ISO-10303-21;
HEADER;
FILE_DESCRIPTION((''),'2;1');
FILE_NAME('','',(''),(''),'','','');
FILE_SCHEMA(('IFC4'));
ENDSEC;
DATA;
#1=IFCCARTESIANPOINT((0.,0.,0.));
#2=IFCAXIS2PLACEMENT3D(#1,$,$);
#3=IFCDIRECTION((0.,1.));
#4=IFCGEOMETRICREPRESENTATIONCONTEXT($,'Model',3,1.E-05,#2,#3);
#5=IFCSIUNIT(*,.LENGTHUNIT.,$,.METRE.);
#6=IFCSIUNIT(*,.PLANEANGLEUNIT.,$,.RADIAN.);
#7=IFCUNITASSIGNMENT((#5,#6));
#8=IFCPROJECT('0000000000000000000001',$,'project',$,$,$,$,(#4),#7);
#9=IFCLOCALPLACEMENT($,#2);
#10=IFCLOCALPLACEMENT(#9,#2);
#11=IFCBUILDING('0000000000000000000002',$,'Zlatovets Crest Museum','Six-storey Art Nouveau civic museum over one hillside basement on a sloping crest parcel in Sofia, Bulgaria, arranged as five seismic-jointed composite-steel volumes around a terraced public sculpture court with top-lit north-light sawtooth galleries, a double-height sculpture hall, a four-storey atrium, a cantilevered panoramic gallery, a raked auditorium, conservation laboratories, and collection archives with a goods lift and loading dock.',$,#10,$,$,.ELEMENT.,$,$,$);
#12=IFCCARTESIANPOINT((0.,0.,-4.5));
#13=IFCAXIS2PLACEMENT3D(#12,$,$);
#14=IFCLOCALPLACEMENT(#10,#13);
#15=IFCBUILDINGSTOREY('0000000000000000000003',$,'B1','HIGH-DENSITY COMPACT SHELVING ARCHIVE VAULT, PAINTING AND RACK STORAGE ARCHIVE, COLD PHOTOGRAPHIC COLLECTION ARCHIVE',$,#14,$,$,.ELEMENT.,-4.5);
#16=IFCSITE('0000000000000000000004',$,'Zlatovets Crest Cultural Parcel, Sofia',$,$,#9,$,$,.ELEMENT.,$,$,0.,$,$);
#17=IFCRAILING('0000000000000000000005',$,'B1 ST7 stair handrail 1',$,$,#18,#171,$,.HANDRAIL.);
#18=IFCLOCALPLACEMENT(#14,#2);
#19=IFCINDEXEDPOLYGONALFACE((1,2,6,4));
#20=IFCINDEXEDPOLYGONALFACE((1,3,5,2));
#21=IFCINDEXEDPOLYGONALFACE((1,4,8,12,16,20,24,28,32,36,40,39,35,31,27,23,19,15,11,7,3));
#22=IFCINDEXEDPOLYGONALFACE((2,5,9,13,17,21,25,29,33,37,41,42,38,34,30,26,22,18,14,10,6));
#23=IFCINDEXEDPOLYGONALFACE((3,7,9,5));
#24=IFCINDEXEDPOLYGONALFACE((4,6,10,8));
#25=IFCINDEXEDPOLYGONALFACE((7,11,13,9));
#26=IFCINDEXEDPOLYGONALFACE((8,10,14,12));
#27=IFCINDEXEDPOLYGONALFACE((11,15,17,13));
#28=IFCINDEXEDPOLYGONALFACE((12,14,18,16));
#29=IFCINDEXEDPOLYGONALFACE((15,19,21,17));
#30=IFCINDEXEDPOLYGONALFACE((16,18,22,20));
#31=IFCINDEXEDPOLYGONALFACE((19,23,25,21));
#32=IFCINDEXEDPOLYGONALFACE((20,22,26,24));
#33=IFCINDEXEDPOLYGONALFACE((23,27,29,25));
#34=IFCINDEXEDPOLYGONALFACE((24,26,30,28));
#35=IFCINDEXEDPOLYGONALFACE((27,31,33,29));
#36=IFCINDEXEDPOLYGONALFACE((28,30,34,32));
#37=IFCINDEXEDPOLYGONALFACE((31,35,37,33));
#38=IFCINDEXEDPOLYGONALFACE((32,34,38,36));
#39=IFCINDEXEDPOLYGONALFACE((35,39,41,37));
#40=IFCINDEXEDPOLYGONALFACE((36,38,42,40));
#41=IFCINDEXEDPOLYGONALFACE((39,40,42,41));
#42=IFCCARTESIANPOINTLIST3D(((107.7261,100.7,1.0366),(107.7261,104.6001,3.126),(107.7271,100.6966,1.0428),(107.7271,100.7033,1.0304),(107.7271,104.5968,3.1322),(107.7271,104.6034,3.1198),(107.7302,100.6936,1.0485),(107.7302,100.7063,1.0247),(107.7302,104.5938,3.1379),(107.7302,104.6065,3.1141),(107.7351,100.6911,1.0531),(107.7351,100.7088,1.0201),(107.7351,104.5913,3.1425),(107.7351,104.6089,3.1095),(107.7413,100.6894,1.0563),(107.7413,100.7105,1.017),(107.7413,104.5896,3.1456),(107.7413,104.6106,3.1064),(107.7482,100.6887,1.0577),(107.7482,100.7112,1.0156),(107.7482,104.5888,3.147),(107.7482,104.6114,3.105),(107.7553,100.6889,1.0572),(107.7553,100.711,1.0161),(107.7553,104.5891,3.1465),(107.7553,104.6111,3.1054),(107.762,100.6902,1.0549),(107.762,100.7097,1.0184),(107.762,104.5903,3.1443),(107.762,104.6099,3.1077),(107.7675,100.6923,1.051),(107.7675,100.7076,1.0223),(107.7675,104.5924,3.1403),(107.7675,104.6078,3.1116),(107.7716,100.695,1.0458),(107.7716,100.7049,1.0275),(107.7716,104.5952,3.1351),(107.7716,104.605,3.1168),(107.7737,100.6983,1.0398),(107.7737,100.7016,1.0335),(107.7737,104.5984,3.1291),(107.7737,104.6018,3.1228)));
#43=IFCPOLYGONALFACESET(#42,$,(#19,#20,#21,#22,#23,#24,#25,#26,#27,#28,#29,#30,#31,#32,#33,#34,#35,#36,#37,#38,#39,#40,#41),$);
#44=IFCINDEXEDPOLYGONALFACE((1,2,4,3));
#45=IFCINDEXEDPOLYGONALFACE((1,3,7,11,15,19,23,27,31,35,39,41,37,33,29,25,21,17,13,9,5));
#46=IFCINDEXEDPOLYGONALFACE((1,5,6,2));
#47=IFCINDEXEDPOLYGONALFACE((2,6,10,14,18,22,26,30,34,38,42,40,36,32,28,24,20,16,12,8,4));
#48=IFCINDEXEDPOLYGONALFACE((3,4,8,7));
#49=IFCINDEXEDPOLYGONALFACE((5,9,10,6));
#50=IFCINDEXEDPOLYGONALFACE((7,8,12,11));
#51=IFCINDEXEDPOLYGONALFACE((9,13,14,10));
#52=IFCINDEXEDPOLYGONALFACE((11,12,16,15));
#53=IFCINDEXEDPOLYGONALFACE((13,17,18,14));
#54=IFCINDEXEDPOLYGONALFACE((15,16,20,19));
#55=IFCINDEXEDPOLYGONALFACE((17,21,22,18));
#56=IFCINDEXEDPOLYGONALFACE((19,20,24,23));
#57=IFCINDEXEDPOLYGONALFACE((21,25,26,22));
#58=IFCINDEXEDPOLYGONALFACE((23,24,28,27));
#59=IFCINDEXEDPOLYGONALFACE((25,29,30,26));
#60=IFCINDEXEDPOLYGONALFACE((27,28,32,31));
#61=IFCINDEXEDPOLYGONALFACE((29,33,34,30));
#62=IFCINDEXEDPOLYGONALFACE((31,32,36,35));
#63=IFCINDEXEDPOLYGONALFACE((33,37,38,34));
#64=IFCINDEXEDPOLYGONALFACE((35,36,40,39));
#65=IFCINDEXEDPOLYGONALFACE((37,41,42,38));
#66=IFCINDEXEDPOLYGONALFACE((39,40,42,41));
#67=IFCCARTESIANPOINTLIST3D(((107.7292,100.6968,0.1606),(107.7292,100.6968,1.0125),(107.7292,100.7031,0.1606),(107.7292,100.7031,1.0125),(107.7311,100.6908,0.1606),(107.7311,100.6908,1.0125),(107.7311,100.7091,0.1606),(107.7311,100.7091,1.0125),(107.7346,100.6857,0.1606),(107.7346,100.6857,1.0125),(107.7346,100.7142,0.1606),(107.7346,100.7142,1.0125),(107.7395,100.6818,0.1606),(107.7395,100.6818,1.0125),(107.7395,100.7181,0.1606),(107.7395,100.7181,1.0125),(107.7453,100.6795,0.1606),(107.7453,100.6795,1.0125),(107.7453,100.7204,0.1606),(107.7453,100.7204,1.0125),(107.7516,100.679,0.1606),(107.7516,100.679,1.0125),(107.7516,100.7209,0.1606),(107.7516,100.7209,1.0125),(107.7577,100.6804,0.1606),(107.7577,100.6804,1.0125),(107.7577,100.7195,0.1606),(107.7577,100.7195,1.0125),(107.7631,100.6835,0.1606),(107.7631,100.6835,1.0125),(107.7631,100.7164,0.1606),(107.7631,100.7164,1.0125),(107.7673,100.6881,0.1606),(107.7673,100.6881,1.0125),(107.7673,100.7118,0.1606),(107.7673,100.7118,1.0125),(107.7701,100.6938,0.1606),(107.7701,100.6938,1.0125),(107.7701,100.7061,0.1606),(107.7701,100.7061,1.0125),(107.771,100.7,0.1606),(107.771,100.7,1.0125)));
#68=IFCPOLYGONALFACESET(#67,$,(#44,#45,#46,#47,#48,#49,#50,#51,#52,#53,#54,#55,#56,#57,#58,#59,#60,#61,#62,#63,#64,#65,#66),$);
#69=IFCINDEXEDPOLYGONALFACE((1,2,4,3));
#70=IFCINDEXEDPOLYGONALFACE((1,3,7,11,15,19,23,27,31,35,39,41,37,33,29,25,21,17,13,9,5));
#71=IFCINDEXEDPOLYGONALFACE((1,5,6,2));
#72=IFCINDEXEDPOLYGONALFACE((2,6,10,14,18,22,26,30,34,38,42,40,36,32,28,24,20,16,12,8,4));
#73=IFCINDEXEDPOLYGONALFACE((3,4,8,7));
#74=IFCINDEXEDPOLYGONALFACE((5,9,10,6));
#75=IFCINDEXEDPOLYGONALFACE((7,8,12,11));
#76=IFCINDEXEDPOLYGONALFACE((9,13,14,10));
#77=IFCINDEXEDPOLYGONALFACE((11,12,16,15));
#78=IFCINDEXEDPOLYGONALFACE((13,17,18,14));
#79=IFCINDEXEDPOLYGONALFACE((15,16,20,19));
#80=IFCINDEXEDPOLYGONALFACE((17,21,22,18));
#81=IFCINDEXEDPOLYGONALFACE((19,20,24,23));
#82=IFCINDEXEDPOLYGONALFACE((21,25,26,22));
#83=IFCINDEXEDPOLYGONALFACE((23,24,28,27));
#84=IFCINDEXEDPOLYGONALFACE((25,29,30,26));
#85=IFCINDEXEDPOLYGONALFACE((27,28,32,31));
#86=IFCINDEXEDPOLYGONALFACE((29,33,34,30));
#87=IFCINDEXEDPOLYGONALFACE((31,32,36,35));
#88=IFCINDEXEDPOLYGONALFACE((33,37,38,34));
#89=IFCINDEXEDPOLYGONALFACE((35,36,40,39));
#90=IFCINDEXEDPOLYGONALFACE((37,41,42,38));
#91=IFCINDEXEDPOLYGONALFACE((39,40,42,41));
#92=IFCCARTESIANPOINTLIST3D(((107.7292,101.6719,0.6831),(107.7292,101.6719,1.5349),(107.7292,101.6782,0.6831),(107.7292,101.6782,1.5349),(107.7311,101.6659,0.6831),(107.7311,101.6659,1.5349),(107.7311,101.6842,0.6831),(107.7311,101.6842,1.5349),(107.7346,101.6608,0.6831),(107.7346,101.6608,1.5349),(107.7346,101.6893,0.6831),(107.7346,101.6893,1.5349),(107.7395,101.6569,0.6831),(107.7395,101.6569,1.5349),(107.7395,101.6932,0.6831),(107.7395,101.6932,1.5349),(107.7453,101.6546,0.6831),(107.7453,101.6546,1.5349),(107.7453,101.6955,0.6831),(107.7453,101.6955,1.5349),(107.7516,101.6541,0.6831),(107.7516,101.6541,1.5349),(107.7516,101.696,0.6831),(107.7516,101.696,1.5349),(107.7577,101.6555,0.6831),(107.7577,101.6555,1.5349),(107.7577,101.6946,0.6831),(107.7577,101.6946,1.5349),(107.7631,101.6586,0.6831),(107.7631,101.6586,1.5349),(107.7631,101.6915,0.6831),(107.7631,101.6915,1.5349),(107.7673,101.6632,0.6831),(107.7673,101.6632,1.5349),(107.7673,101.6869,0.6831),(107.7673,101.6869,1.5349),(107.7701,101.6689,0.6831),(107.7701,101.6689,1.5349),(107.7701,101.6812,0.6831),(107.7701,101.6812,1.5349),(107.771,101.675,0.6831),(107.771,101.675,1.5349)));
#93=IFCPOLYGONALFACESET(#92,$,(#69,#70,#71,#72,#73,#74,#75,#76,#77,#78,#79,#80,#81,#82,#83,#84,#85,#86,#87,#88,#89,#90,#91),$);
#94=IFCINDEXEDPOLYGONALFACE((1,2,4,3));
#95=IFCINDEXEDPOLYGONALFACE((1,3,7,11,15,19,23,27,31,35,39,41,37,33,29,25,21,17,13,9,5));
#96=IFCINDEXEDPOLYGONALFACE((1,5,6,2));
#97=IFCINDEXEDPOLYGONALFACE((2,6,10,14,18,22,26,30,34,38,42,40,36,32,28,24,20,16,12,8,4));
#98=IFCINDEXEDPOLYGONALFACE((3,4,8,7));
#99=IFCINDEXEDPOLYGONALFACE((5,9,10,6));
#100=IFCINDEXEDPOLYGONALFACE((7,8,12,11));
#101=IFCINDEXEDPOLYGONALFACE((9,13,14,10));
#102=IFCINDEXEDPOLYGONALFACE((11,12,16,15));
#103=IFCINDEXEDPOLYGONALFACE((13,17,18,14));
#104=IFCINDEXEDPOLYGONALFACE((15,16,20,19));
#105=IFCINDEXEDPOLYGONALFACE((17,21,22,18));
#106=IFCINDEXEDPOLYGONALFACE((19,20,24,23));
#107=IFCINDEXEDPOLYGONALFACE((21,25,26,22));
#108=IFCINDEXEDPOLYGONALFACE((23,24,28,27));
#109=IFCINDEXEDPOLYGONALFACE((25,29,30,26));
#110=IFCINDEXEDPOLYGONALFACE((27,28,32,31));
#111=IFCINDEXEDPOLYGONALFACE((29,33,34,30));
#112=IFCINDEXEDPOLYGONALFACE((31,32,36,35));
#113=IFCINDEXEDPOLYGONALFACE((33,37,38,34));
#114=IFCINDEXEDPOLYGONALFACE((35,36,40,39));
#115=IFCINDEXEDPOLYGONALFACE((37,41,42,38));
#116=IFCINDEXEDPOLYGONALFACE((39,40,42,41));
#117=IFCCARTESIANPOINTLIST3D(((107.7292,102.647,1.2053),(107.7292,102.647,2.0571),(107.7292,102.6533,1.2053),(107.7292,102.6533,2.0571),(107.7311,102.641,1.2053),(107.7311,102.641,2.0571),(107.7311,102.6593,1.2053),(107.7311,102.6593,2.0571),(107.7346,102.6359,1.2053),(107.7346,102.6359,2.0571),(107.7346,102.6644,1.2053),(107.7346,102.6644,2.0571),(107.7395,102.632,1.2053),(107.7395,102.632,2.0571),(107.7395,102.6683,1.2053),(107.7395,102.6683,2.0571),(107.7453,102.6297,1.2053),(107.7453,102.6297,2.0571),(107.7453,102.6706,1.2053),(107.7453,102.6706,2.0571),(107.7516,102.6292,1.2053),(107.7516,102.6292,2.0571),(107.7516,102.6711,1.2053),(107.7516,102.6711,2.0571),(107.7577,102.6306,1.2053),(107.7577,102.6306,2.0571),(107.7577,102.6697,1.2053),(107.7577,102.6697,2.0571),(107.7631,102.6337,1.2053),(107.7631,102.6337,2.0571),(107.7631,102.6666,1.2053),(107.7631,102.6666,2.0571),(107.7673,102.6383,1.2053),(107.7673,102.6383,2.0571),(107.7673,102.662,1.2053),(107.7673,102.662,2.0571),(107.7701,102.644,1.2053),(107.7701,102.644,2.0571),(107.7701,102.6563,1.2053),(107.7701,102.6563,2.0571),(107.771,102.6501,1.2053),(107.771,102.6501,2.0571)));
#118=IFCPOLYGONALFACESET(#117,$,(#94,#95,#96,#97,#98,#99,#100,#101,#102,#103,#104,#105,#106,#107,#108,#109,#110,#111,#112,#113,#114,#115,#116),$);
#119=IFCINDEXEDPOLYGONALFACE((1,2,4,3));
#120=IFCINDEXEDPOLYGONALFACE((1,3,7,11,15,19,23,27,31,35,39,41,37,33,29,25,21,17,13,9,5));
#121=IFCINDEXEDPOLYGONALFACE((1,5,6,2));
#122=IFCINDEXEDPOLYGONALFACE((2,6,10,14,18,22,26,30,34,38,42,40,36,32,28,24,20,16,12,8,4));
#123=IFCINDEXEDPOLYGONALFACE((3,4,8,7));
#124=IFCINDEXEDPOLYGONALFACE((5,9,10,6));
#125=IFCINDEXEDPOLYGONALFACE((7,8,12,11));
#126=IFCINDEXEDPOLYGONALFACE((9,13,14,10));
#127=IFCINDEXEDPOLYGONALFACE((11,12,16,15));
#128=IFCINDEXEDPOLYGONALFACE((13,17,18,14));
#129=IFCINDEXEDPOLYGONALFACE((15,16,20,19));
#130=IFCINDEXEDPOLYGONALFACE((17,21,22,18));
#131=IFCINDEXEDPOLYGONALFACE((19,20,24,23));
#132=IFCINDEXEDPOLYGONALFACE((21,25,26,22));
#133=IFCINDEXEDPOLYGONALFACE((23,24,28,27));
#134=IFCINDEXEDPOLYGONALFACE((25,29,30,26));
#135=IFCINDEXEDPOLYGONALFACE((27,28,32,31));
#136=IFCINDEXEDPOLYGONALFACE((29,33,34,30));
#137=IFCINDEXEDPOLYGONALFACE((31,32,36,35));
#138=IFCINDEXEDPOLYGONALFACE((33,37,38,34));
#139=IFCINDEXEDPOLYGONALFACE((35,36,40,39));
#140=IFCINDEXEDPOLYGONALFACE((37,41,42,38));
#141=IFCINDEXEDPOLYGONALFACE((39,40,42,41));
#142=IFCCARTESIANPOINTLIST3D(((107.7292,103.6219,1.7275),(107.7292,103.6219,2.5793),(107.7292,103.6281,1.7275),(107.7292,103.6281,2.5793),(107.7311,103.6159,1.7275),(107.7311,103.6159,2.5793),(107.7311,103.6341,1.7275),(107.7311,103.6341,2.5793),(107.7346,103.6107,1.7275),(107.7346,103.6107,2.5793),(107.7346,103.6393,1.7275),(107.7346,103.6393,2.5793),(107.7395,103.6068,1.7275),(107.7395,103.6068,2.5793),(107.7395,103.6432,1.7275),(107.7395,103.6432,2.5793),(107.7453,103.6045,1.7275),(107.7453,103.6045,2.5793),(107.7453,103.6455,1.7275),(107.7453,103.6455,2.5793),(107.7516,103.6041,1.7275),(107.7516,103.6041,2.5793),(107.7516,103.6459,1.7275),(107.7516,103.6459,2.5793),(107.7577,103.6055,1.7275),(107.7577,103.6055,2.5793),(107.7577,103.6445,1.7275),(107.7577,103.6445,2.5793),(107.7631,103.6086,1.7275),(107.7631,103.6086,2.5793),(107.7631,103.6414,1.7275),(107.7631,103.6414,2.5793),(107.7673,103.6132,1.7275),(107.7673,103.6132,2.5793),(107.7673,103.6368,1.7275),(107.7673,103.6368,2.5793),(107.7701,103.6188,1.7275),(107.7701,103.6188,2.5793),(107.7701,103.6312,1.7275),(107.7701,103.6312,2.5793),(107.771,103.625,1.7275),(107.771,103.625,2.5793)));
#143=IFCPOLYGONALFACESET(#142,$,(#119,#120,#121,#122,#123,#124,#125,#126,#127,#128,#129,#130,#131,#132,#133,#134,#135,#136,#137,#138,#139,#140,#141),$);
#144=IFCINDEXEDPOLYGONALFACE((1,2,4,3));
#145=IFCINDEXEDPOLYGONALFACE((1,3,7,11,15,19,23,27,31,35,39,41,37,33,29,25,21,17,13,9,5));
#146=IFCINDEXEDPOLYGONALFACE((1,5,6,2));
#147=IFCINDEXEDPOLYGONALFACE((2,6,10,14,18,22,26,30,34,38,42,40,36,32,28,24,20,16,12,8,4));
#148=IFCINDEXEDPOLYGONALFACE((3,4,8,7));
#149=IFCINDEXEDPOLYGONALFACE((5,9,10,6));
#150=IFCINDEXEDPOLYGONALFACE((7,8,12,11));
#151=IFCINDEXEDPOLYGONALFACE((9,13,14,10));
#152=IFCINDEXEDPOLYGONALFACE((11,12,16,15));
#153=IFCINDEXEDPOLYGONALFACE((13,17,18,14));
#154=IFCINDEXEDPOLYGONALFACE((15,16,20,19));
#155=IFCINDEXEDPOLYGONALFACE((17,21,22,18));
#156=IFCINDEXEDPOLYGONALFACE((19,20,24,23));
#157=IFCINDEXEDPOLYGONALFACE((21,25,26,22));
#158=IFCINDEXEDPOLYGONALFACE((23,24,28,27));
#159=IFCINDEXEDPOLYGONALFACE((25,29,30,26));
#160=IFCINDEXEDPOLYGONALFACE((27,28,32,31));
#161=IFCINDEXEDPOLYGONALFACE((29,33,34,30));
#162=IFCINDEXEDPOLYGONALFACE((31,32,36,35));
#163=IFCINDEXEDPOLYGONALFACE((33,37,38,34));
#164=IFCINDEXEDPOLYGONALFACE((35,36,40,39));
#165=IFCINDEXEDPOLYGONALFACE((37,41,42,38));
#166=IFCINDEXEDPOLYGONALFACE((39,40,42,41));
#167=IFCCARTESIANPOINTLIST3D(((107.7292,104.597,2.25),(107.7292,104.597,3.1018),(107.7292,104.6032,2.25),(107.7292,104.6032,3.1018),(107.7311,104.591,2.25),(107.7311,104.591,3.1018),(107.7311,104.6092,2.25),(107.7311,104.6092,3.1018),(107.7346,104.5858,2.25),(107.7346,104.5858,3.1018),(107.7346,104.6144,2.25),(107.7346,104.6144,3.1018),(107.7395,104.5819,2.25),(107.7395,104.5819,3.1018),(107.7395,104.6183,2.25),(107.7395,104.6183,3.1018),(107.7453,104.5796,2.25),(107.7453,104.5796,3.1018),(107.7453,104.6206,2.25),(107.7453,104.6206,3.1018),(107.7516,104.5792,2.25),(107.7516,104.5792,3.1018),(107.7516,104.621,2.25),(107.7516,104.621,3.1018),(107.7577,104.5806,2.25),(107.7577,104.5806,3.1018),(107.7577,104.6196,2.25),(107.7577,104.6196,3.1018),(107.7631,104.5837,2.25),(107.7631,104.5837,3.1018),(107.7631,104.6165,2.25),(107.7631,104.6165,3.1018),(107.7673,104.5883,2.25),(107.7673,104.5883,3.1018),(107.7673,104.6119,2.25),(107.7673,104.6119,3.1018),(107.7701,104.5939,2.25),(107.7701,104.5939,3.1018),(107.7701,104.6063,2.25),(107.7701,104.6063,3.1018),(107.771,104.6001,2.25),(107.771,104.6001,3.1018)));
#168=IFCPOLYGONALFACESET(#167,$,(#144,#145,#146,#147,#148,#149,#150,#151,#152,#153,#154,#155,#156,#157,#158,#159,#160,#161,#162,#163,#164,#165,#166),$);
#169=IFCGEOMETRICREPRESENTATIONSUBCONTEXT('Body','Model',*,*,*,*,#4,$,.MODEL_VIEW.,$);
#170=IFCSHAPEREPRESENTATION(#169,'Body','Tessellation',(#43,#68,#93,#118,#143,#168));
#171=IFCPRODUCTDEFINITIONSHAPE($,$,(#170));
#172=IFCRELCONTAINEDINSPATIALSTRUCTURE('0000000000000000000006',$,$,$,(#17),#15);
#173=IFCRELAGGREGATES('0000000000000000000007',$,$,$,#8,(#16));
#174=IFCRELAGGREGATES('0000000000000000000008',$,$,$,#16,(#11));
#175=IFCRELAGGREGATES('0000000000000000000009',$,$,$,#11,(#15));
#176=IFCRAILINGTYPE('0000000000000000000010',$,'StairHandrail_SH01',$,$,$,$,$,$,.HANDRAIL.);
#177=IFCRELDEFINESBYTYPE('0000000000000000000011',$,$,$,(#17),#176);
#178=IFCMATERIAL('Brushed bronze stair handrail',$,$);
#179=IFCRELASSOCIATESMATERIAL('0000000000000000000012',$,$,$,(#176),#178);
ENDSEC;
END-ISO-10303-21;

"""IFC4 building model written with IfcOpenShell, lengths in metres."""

from ifc_helpers import new_model, si_unit, direction, frame, origin, origin_2d, place, context, subcontext, project, spatial, circle, extrude, material, type_object, element, save


model = new_model("IFC4")

# Units and contexts
model_context = context("Model", 3, precision=1e-05, world=origin(), true_north=direction((0.0, 1.0)))
body_context = subcontext(model_context, "Body", "Model", "MODEL_VIEW")
ifc_project = project(units=[si_unit("LENGTHUNIT", "METRE"), si_unit("PLANEANGLEUNIT", "RADIAN")], contexts=[model_context])

# Site, building, storey
site_placement = place(None, origin())
site = spatial("IfcSite", under=ifc_project, at=site_placement, Name="Zlatovets Crest Cultural Parcel, Sofia", CompositionType="ELEMENT", RefElevation=0.0)
building_placement = place(site_placement, origin())
building = spatial("IfcBuilding", under=site, at=building_placement, Name="Zlatovets Crest Museum", Description="Six-storey Art Nouveau civic museum over one hillside basement on a sloping crest parcel in Sofia, Bulgaria, arranged as five seismic-jointed composite-steel volumes around a terraced public sculpture court with top-lit north-light sawtooth galleries, a double-height sculpture hall, a four-storey atrium, a cantilevered panoramic gallery, a raked auditorium, conservation laboratories, and collection archives with a goods lift and loading dock.", CompositionType="ELEMENT")
storey_placement = place(building_placement, frame((0.0, 0.0, -4.5)))
storey = spatial("IfcBuildingStorey", under=building, at=storey_placement, Name="B1", Description="HIGH-DENSITY COMPACT SHELVING ARCHIVE VAULT, PAINTING AND RACK STORAGE ARCHIVE, COLD PHOTOGRAPHIC COLLECTION ARCHIVE", CompositionType="ELEMENT", Elevation=-4.5)

# Railing
ifc_material_1 = material(Name="Brushed bronze stair handrail")
railing_type_1 = type_object("IfcRailingType", Name="StairHandrail_SH01", PredefinedType="HANDRAIL", material=ifc_material_1)
railing_1_placement = place(storey_placement, frame((107.75, 100.7, 0.1606)))
element("IfcRailing", 1, at=railing_1_placement, inside=storey, type_object=railing_type_1, Name="B1 ST7 stair handrail 1", PredefinedType="HANDRAIL", context=body_context, shape_type="SweptSolid", body=[
    extrude(circle(Radius=0.0239, at=origin_2d()), frame((0.0, 0.0, 0.876), z_axis=(0.0, 0.881481, 0.47222), x_axis=(-1.0, 0.0, 0.0)), (0.0, 0.0, 1.0), 4.4246),
    extrude(circle(Radius=0.021, at=origin_2d()), origin(), (0.0, 0.0, 1.0), 0.8518),
    extrude(circle(Radius=0.021, at=origin_2d()), frame((0.0, 0.9751, 0.5225)), (0.0, 0.0, 1.0), 0.8518),
    extrude(circle(Radius=0.021, at=origin_2d()), frame((0.0, 1.9502, 1.0447)), (0.0, 0.0, 1.0), 0.8518),
    extrude(circle(Radius=0.021, at=origin_2d()), frame((0.0, 2.925, 1.5669)), (0.0, 0.0, 1.0), 0.8518),
    extrude(circle(Radius=0.021, at=origin_2d()), frame((0.0, 3.9001, 2.0894)), (0.0, 0.0, 1.0), 0.8518),
])

save(model, "model.ifc")
